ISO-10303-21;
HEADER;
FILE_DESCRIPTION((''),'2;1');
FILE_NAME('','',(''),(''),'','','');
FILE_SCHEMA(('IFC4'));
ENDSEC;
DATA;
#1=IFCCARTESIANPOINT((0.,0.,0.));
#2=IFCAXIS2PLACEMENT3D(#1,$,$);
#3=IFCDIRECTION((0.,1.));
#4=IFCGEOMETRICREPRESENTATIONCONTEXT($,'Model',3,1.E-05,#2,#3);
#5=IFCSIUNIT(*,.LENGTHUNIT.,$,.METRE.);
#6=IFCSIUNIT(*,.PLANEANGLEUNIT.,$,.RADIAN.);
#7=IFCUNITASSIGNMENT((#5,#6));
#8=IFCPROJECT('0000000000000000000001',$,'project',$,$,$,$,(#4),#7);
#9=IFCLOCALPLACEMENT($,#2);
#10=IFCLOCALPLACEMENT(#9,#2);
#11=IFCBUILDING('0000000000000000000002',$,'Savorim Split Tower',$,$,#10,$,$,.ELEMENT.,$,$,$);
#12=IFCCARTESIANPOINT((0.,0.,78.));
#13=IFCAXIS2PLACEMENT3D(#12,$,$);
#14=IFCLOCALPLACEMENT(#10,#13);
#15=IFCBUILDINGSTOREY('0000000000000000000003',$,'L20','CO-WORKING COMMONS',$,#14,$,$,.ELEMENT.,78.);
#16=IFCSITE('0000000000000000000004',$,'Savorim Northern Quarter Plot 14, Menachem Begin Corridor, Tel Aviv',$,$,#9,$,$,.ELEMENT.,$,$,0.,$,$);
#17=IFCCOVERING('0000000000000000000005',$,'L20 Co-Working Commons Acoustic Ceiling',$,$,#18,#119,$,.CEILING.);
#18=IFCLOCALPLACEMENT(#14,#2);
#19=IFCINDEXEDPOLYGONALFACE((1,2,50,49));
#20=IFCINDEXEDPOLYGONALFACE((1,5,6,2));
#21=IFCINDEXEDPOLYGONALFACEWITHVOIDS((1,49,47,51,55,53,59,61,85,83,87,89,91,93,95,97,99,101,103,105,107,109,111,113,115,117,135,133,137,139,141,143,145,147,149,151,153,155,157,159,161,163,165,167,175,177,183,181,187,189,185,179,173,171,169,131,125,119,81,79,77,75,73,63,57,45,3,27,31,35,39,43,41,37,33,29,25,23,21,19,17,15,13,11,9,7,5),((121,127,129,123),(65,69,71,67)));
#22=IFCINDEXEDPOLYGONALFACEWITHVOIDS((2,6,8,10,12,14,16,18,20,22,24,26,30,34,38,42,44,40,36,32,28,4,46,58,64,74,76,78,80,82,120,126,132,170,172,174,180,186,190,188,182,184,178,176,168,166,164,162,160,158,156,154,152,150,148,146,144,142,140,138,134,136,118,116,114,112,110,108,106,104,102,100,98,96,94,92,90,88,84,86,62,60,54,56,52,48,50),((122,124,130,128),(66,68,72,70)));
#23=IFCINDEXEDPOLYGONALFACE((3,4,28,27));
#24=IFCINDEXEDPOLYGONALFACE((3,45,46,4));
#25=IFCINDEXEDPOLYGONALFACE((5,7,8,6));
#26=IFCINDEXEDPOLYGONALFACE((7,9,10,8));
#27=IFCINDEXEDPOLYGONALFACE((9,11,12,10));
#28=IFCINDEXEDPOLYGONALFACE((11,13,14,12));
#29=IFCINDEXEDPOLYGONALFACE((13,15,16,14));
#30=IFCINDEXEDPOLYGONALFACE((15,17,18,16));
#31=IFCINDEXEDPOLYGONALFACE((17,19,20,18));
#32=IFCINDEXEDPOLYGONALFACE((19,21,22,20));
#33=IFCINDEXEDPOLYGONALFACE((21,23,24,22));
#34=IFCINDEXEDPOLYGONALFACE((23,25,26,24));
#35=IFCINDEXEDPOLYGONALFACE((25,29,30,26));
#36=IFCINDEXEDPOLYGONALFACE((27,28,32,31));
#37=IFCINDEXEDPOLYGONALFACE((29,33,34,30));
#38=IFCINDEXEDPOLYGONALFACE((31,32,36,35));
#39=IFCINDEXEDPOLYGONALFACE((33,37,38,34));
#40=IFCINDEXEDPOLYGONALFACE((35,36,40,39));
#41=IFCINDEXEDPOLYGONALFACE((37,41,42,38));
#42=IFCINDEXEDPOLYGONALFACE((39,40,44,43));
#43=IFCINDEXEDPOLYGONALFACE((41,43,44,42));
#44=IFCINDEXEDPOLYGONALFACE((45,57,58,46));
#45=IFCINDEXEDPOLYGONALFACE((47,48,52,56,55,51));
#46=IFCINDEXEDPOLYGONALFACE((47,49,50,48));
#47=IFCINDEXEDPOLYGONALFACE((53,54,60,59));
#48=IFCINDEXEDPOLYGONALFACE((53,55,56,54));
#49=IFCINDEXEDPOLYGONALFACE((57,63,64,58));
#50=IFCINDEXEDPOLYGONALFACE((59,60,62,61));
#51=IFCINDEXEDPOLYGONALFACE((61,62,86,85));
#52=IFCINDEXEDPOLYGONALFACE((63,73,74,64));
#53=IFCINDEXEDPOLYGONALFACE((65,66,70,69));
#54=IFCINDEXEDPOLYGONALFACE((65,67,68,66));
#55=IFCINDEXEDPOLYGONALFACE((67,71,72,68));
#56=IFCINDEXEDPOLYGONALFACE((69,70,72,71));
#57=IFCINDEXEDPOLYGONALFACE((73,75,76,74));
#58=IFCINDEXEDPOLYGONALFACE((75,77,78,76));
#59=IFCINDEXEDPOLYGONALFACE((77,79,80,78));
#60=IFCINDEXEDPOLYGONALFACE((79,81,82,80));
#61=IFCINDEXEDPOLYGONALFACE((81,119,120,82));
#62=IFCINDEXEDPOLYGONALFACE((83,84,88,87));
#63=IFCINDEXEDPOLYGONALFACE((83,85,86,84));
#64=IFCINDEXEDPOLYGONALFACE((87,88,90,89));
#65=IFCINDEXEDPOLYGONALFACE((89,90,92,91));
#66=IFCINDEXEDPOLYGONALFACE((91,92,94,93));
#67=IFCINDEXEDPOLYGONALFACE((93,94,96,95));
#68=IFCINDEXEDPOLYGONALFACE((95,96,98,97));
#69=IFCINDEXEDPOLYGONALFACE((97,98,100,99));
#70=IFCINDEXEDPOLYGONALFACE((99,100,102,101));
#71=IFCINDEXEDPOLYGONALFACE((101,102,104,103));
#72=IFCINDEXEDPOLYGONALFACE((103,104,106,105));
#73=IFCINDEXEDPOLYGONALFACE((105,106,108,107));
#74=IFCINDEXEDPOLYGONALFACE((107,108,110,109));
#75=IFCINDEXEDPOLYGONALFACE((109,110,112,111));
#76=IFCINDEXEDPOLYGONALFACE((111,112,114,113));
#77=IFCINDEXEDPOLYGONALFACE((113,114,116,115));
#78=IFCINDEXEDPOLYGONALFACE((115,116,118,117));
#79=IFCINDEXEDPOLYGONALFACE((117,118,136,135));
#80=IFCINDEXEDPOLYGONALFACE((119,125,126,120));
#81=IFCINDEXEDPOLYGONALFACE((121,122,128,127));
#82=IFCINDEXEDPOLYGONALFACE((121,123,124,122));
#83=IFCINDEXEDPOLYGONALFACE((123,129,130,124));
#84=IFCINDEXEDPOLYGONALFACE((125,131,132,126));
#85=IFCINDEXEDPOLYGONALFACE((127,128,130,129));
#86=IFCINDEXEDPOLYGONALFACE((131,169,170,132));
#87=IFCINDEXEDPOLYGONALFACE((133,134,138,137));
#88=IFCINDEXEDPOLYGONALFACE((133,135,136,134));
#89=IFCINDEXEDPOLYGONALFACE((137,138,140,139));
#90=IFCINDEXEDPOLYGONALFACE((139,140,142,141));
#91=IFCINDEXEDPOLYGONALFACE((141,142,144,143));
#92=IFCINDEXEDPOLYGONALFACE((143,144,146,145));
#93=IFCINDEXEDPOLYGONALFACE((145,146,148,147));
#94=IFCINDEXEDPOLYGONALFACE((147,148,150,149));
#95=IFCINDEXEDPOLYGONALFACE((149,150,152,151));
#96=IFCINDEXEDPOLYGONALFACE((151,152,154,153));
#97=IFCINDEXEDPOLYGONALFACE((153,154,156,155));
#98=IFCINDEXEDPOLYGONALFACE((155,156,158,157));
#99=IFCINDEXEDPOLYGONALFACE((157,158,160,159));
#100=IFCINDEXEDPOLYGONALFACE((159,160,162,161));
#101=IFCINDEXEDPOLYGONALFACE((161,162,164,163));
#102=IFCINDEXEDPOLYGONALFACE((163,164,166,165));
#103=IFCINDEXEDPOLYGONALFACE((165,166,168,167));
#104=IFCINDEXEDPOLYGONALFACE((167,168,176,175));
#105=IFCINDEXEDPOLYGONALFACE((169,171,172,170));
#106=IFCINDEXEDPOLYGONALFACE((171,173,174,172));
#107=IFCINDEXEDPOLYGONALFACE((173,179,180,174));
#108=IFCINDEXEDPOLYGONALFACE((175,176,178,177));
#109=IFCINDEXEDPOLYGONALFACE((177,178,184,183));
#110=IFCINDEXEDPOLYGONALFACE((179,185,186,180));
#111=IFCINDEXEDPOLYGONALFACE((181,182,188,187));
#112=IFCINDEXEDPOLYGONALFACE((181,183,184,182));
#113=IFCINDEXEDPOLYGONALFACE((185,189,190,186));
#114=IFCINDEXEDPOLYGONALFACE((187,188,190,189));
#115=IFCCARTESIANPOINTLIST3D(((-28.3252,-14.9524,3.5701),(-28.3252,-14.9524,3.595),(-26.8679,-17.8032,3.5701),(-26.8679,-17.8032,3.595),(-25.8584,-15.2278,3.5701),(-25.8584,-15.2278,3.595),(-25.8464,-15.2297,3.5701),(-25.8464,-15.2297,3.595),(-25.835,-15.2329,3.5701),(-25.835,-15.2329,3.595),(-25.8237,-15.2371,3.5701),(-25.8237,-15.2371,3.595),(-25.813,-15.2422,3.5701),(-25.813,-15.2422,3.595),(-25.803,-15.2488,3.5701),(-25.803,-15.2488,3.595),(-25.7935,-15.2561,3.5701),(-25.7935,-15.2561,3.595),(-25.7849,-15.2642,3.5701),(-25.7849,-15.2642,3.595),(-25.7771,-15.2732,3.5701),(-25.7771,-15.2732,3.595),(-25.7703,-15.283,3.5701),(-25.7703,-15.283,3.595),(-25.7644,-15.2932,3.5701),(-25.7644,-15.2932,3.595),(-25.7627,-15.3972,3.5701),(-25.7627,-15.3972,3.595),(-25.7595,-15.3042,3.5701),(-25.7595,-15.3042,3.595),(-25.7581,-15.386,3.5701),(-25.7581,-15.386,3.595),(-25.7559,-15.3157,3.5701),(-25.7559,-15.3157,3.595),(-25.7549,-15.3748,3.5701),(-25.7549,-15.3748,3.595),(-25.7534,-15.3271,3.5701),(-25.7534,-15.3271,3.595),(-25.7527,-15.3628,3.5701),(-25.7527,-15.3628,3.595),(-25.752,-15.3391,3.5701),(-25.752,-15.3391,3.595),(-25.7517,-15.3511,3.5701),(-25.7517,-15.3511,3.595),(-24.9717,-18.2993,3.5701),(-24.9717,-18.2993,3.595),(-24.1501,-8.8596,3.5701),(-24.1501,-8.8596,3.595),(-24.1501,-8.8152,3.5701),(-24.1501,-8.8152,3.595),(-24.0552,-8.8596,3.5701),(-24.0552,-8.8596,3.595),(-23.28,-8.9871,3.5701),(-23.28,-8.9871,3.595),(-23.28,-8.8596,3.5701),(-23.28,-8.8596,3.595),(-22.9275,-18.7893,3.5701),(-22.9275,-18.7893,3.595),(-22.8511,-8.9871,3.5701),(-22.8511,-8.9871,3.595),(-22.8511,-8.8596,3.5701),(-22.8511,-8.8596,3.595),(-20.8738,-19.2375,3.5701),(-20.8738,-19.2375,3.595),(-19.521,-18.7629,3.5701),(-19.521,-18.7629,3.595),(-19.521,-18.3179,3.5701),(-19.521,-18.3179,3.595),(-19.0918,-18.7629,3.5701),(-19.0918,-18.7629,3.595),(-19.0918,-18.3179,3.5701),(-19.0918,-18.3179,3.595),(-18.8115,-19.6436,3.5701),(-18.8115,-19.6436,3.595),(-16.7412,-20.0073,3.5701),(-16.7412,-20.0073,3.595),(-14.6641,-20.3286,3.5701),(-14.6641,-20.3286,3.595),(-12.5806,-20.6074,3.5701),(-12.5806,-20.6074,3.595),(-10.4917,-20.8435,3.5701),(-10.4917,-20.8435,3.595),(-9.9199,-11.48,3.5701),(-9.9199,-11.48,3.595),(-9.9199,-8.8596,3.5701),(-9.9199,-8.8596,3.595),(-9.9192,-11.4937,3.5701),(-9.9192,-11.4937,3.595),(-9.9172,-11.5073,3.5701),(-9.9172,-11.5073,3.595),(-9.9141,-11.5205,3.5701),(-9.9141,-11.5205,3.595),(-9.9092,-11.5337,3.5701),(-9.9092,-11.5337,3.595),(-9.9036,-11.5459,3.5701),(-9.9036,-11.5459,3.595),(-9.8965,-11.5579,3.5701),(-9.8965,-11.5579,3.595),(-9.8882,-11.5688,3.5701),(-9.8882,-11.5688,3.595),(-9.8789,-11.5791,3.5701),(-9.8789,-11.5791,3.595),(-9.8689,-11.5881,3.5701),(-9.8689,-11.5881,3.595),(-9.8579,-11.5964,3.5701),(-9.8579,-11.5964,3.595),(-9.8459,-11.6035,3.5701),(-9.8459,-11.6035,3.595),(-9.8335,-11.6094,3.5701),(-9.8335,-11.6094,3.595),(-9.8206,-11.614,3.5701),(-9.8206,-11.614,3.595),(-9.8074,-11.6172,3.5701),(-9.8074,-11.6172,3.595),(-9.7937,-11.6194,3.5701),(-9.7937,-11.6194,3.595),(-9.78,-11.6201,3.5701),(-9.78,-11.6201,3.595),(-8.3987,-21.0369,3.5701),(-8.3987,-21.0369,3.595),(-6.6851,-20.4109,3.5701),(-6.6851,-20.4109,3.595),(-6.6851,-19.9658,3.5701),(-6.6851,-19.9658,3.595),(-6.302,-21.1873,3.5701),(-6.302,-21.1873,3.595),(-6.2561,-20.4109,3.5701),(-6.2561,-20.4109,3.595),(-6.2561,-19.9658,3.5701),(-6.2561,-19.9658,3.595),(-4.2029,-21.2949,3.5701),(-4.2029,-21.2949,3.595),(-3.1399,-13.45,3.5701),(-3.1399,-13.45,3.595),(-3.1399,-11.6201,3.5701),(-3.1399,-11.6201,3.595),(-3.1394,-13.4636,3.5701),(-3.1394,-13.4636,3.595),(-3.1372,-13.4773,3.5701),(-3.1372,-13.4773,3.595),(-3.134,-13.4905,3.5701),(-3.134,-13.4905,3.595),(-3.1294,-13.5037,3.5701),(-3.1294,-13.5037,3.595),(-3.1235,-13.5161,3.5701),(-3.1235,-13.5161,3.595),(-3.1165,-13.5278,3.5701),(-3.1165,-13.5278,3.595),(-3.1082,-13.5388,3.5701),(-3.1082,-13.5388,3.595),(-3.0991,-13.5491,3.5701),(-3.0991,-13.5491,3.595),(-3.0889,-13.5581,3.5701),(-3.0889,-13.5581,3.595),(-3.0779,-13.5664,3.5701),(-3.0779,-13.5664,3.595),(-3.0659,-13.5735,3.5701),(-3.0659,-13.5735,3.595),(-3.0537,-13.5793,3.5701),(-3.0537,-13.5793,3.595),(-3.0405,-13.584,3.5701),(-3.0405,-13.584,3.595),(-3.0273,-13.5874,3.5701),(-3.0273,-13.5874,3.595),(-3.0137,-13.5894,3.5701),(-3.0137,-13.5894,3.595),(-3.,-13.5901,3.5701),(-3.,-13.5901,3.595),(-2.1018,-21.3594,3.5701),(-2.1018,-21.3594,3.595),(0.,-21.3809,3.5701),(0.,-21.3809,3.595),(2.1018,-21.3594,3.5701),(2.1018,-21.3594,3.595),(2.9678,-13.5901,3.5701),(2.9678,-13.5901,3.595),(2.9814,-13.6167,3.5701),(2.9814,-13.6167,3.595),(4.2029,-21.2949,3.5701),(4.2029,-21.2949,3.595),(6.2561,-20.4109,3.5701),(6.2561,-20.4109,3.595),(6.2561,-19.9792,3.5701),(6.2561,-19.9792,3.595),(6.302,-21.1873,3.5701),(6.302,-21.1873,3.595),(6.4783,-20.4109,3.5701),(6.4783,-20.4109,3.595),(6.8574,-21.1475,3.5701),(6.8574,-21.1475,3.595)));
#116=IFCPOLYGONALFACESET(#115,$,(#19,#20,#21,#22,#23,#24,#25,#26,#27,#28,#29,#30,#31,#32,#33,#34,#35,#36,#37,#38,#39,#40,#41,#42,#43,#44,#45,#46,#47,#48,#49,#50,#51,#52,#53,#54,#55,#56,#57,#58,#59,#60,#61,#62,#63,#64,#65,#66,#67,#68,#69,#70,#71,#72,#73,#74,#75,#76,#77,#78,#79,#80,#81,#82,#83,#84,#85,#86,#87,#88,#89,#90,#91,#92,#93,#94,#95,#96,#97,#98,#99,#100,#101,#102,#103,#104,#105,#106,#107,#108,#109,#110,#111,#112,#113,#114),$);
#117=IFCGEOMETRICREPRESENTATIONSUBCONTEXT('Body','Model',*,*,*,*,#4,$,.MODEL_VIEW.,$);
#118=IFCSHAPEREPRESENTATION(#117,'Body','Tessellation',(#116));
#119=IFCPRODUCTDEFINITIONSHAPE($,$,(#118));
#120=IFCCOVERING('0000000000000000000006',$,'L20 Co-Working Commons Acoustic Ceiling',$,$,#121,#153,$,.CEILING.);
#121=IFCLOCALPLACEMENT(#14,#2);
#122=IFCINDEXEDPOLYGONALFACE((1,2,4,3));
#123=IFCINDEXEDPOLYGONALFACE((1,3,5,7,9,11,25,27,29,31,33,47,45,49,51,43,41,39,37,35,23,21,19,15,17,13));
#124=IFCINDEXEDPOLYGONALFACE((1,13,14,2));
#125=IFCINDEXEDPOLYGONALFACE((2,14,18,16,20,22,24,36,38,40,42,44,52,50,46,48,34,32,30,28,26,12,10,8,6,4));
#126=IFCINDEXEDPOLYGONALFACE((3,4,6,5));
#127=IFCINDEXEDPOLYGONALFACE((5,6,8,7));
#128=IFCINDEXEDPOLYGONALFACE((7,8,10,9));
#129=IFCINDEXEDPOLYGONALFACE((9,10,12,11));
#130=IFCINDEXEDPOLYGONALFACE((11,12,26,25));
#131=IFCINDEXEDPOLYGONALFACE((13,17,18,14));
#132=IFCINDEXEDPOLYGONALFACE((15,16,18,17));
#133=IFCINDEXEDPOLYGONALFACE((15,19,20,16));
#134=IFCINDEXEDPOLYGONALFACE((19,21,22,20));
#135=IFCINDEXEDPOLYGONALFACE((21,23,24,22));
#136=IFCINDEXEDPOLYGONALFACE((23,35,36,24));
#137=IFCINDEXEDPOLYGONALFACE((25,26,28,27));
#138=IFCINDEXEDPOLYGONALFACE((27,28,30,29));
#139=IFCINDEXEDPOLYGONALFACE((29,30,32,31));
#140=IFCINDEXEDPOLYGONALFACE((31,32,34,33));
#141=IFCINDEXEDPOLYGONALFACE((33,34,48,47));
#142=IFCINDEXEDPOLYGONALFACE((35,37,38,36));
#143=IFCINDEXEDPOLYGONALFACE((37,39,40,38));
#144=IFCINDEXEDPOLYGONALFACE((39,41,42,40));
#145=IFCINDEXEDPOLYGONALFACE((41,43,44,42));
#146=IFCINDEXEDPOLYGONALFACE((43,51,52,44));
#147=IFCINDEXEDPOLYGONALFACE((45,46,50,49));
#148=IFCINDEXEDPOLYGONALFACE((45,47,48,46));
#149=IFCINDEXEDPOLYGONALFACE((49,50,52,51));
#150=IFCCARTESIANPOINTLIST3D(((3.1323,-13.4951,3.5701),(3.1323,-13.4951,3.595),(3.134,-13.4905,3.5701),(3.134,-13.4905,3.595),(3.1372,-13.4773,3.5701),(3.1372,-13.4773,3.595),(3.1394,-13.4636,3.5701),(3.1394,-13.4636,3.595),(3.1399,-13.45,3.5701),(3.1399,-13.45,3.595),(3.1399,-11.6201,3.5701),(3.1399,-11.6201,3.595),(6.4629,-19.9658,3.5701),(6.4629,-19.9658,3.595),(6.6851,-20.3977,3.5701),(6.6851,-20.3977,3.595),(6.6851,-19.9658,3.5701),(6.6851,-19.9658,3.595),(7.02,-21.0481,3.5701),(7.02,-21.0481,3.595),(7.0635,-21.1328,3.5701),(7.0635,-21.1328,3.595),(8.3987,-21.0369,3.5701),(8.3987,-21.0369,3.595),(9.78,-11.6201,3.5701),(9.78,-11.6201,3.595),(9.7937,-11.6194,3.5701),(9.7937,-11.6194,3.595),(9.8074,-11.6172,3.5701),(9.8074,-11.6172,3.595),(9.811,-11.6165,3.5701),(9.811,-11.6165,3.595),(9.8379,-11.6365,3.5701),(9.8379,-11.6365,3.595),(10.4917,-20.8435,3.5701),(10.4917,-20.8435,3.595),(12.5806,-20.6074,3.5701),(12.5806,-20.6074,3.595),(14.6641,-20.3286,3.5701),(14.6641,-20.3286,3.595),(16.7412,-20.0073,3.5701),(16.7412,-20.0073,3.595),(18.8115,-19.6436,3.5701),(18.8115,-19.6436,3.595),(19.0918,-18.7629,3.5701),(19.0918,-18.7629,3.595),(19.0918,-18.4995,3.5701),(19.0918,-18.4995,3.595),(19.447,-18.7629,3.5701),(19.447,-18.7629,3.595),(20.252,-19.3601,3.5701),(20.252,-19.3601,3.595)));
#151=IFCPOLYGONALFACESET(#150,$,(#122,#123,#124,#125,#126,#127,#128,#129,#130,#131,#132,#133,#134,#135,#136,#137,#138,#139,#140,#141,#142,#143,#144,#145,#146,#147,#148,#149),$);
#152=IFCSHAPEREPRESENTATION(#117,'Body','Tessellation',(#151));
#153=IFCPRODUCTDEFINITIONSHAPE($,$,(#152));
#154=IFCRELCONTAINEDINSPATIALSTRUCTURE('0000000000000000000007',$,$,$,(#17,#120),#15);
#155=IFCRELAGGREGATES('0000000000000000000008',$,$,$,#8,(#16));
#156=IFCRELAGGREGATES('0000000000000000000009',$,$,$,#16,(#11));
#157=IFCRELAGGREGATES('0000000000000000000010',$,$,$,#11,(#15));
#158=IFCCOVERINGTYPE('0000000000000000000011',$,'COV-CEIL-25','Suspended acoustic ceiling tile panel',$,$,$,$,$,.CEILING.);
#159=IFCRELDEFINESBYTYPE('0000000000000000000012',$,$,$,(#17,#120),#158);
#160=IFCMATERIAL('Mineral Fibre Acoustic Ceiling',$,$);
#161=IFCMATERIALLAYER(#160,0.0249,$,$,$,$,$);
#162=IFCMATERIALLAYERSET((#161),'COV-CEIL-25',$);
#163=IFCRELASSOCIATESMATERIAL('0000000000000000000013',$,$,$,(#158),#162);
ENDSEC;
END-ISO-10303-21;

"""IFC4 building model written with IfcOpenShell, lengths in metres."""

from ifc_helpers import new_model, si_unit, direction, frame, origin, place, context, subcontext, project, spatial, polyline, outline, extrude, material, layer, layer_set, type_object, element, save


model = new_model("IFC4")

# Units and contexts
model_context = context("Model", 3, precision=1e-05, world=origin(), true_north=direction((0.0, 1.0)))
body_context = subcontext(model_context, "Body", "Model", "MODEL_VIEW")
ifc_project = project(units=[si_unit("LENGTHUNIT", "METRE"), si_unit("PLANEANGLEUNIT", "RADIAN")], contexts=[model_context])

# Site, building, storey
site_placement = place(None, origin())
site = spatial("IfcSite", under=ifc_project, at=site_placement, Name="Savorim Northern Quarter Plot 14, Menachem Begin Corridor, Tel Aviv", CompositionType="ELEMENT", RefElevation=0.0)
building_placement = place(site_placement, origin())
building = spatial("IfcBuilding", under=site, at=building_placement, Name="Savorim Split Tower", CompositionType="ELEMENT")
storey_placement = place(building_placement, frame((0.0, 0.0, 78.0)))
storey = spatial("IfcBuildingStorey", under=building, at=storey_placement, Name="L20", Description="CO-WORKING COMMONS", CompositionType="ELEMENT", Elevation=78.0)

# Coverings
ifc_material_1 = material(Name="Mineral Fibre Acoustic Ceiling")
ifc_layer_1 = layer(ifc_material_1, 0.0249)
ifc_layer_set_1 = layer_set([ifc_layer_1], Name="COV-CEIL-25")
covering_type_1 = type_object("IfcCoveringType", Name="COV-CEIL-25", Description="Suspended acoustic ceiling tile panel", PredefinedType="CEILING", material=ifc_layer_set_1)
covering_1_placement = place(storey_placement, frame((0.0, 0.0, 3.5701)))
element("IfcCovering", 1, at=covering_1_placement, inside=storey, type_object=covering_type_1, Name="L20 Co-Working Commons Acoustic Ceiling", PredefinedType="CEILING", context=body_context, shape_type="SweptSolid", body=[
    extrude(outline(polyline([(-25.7517, -15.3511), (-25.7527, -15.3628), (-25.7549, -15.3748), (-25.7581, -15.386), (-25.7627, -15.3972), (-26.8679, -17.8032), (-24.9717, -18.2993), (-22.9275, -18.7893), (-20.8738, -19.2375), (-18.8115, -19.6436), (-16.7412, -20.0073), (-14.6641, -20.3286), (-12.5806, -20.6074), (-10.4917, -20.8435), (-8.3987, -21.0369), (-6.302, -21.1873), (-4.2029, -21.2949), (-2.1018, -21.3594), (0.0, -21.3809), (2.1018, -21.3594), (4.2029, -21.2949), (6.302, -21.1873), (6.8574, -21.1475), (6.4783, -20.4109), (6.2561, -20.4109), (6.2561, -19.9792), (2.9814, -13.6167), (2.9678, -13.5901), (-3.0, -13.5901), (-3.0137, -13.5894), (-3.0273, -13.5874), (-3.0405, -13.584), (-3.0537, -13.5793), (-3.0659, -13.5735), (-3.0779, -13.5664), (-3.0889, -13.5581), (-3.0991, -13.5491), (-3.1082, -13.5388), (-3.1165, -13.5278), (-3.1235, -13.5161), (-3.1294, -13.5037), (-3.134, -13.4905), (-3.1372, -13.4773), (-3.1394, -13.4636), (-3.1399, -13.45), (-3.1399, -11.6201), (-9.78, -11.6201), (-9.7937, -11.6194), (-9.8074, -11.6172), (-9.8206, -11.614), (-9.8335, -11.6094), (-9.8459, -11.6035), (-9.8579, -11.5964), (-9.8689, -11.5881), (-9.8789, -11.5791), (-9.8882, -11.5688), (-9.8965, -11.5579), (-9.9036, -11.5459), (-9.9092, -11.5337), (-9.9141, -11.5205), (-9.9172, -11.5073), (-9.9192, -11.4937), (-9.9199, -11.48), (-9.9199, -8.8596), (-22.8511, -8.8596), (-22.8511, -8.9871), (-23.28, -8.9871), (-23.28, -8.8596), (-24.0552, -8.8596), (-24.1501, -8.8596), (-24.1501, -8.8152), (-28.3252, -14.9524), (-25.8584, -15.2278), (-25.8464, -15.2297), (-25.835, -15.2329), (-25.8237, -15.2371), (-25.813, -15.2422), (-25.803, -15.2488), (-25.7935, -15.2561), (-25.7849, -15.2642), (-25.7771, -15.2732), (-25.7703, -15.283), (-25.7644, -15.2932), (-25.7595, -15.3042), (-25.7559, -15.3157), (-25.7534, -15.3271), (-25.752, -15.3391), (-25.7517, -15.3511)]), holes=[polyline([(-19.521, -18.7629), (-19.0918, -18.7629), (-19.0918, -18.3179), (-19.521, -18.3179), (-19.521, -18.7629)]), polyline([(-6.6851, -20.4109), (-6.2561, -20.4109), (-6.2561, -19.9658), (-6.6851, -19.9658), (-6.6851, -20.4109)])]), origin(), (0.0, 0.0, 1.0), 0.0249),
])
covering_2_placement = place(storey_placement, frame((0.0, 0.0, 3.5701)))
element("IfcCovering", 2, at=covering_2_placement, inside=storey, type_object=covering_type_1, Name="L20 Co-Working Commons Acoustic Ceiling", PredefinedType="CEILING", context=body_context, shape_type="SweptSolid", body=[
    extrude(outline(polyline([(12.5806, -20.6074), (14.6641, -20.3286), (16.7412, -20.0073), (18.8115, -19.6436), (20.252, -19.3601), (19.447, -18.7629), (19.0918, -18.7629), (19.0918, -18.4995), (9.8379, -11.6365), (9.811, -11.6165), (9.8074, -11.6172), (9.7937, -11.6194), (9.78, -11.6201), (3.1399, -11.6201), (3.1399, -13.45), (3.1394, -13.4636), (3.1372, -13.4773), (3.134, -13.4905), (3.1323, -13.4951), (6.4629, -19.9658), (6.6851, -19.9658), (6.6851, -20.3977), (7.02, -21.0481), (7.0635, -21.1328), (7.0635, -21.1328), (8.3987, -21.0369), (10.4917, -20.8435), (12.5806, -20.6074)])), origin(), (0.0, 0.0, 1.0), 0.0249),
])

save(model, "model.ifc")
